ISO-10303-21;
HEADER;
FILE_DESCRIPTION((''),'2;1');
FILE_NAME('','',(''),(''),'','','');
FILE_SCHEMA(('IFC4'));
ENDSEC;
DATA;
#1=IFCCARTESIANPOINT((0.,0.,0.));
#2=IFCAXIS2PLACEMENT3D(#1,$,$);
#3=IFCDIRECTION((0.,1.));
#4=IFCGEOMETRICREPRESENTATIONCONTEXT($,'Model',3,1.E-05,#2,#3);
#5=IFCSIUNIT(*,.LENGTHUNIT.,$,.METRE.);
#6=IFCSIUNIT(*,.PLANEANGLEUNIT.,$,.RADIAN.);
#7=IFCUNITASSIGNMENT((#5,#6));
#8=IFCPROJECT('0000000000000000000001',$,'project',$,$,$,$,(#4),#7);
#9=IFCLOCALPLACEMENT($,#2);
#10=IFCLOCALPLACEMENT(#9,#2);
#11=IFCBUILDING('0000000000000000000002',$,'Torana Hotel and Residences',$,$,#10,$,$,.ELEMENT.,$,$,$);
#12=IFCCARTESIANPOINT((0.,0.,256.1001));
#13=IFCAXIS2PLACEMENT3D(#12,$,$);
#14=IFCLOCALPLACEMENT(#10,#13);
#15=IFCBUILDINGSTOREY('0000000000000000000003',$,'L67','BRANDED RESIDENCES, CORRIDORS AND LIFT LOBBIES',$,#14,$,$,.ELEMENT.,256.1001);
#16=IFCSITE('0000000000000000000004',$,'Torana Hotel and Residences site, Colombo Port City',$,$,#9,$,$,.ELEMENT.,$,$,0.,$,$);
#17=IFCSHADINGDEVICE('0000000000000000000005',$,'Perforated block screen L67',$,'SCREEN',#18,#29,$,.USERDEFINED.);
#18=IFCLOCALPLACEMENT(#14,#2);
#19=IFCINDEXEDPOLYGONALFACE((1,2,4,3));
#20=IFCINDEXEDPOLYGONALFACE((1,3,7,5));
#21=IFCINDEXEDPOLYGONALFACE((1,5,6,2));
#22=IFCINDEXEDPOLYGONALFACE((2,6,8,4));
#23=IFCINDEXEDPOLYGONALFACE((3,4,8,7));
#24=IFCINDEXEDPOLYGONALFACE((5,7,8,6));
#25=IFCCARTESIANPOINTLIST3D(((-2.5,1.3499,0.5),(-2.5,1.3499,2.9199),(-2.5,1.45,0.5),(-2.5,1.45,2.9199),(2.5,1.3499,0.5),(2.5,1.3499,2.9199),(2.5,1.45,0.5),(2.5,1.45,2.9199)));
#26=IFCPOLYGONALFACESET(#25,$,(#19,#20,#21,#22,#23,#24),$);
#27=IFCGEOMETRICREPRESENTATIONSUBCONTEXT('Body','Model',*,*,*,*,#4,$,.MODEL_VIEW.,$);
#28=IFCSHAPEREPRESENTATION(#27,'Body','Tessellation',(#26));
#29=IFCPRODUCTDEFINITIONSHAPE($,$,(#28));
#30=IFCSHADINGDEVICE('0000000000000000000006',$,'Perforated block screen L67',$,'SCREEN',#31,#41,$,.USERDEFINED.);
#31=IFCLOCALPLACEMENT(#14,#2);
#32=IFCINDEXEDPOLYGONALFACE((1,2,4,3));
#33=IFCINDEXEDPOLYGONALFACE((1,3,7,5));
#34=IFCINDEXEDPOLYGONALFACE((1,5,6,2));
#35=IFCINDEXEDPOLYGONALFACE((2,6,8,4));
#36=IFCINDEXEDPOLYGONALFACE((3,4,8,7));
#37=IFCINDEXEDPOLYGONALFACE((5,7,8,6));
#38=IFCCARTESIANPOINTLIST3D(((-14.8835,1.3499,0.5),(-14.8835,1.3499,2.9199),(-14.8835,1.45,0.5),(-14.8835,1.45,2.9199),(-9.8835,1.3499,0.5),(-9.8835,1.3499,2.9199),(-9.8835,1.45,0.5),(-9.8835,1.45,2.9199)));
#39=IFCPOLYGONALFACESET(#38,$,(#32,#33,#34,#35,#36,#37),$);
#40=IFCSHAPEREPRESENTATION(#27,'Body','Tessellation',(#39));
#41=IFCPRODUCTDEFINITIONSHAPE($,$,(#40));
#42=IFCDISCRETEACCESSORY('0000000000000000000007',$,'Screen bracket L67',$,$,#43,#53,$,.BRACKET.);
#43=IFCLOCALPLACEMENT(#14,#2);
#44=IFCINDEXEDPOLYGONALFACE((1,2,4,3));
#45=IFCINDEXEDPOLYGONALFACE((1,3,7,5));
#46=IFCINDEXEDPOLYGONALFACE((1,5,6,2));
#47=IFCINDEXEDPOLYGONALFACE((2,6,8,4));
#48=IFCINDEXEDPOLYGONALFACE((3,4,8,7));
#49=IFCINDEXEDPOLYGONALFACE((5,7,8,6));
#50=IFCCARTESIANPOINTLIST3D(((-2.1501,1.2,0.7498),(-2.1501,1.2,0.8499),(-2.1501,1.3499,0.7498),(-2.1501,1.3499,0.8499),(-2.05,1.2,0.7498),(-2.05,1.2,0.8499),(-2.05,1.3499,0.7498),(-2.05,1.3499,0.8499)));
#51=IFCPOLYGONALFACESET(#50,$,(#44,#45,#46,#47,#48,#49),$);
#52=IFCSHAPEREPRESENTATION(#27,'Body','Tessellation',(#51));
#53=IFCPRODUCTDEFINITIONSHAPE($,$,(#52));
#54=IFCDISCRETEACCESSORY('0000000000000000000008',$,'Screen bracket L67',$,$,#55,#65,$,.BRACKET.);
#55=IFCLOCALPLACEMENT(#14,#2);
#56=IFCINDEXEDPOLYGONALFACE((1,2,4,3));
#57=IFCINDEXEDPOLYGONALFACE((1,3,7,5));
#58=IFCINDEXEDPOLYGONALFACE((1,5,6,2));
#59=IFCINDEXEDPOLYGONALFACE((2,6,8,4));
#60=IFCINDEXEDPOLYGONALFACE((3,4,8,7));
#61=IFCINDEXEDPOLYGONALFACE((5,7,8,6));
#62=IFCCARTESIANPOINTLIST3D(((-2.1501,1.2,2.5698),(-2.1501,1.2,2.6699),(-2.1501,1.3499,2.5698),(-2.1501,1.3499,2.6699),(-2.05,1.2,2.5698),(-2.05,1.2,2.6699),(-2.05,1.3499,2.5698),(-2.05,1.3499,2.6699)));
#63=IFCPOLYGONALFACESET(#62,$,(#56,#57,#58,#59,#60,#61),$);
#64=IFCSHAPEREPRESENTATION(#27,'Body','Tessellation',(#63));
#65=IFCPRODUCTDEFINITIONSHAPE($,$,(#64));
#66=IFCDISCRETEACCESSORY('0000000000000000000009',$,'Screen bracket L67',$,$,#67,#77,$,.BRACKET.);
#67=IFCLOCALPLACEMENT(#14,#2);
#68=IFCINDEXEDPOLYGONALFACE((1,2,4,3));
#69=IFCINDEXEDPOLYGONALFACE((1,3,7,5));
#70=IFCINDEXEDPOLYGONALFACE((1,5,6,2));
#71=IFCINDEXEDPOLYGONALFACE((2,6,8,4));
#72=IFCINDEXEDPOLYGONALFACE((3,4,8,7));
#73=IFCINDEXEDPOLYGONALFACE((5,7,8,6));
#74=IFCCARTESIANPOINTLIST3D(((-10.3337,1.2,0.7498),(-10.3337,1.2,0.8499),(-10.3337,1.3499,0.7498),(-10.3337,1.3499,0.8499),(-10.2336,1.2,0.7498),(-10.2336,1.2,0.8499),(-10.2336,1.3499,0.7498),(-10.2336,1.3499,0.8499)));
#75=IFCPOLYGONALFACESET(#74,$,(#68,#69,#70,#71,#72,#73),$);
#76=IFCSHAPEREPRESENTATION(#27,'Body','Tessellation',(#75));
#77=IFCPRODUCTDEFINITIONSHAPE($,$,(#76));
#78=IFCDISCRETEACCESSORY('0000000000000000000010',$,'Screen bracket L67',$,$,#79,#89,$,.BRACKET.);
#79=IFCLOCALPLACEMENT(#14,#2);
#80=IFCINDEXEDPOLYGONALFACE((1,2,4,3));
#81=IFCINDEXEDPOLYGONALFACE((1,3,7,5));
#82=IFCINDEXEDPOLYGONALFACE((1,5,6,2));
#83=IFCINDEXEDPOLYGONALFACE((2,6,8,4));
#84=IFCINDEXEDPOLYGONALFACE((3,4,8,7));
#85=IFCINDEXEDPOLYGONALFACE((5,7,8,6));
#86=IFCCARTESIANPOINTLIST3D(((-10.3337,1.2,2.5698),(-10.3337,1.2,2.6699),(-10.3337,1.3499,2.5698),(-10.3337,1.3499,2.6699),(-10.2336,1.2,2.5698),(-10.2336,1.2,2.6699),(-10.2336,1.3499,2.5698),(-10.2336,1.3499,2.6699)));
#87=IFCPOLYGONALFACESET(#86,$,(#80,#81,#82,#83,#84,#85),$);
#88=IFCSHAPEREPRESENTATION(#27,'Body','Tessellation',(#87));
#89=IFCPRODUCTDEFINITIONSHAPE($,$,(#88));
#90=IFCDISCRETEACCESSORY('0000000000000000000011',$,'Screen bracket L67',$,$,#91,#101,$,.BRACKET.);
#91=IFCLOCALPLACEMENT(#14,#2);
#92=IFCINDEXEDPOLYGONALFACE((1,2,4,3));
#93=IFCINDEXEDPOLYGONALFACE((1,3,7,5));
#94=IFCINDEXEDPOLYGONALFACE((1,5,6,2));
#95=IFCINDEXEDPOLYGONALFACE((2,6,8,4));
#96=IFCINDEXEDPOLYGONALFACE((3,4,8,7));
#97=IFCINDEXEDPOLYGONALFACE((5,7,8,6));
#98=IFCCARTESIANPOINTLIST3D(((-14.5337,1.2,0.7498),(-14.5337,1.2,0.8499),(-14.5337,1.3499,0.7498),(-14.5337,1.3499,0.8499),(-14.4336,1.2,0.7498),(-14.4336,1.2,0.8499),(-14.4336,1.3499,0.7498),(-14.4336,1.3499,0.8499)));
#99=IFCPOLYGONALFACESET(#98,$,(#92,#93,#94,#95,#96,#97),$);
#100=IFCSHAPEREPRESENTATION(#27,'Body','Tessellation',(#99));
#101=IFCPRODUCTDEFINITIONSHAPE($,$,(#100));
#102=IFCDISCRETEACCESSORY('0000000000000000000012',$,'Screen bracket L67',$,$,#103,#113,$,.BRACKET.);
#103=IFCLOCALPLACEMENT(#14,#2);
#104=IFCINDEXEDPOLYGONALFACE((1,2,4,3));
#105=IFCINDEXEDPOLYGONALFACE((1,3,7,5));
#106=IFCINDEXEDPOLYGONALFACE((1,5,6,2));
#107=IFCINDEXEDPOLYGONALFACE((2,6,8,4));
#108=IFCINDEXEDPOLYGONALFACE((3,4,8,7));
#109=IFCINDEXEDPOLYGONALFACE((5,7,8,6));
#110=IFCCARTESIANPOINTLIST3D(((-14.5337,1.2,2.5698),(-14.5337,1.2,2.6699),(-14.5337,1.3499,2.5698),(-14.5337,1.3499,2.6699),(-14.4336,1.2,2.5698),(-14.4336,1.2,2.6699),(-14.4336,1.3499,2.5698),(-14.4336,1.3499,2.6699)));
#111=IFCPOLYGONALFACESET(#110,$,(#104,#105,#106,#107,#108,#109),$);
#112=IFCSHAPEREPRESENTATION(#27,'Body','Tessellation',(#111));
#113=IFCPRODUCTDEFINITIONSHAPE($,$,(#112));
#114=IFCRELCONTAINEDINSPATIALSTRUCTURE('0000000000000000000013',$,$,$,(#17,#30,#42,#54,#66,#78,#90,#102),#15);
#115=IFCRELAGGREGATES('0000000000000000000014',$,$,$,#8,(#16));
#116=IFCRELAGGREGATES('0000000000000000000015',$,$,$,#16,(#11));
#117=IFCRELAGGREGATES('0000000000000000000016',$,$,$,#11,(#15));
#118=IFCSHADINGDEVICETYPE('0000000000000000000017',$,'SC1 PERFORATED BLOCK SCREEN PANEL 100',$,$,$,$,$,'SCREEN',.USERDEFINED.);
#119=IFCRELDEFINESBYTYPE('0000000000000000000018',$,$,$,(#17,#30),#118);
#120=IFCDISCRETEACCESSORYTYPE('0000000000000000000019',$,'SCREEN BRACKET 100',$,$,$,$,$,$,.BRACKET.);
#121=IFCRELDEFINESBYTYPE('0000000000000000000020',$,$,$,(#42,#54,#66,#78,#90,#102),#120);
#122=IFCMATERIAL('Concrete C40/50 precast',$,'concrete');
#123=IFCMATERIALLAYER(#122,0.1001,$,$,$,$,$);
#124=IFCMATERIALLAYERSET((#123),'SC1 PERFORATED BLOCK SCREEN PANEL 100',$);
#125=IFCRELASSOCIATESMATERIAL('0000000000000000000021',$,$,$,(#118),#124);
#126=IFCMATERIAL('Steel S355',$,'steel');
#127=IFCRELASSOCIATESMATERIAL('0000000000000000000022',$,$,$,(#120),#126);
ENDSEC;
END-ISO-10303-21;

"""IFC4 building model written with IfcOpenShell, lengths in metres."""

from ifc_helpers import new_model, si_unit, direction, frame, origin, origin_2d, place, context, subcontext, project, spatial, rectangle, extrude, material, layer, layer_set, type_object, element, save


model = new_model("IFC4")

# Units and contexts
model_context = context("Model", 3, precision=1e-05, world=origin(), true_north=direction((0.0, 1.0)))
body_context = subcontext(model_context, "Body", "Model", "MODEL_VIEW")
ifc_project = project(units=[si_unit("LENGTHUNIT", "METRE"), si_unit("PLANEANGLEUNIT", "RADIAN")], contexts=[model_context])

# Site, building, storey
site_placement = place(None, origin())
site = spatial("IfcSite", under=ifc_project, at=site_placement, Name="Torana Hotel and Residences site, Colombo Port City", CompositionType="ELEMENT", RefElevation=0.0)
building_placement = place(site_placement, origin())
building = spatial("IfcBuilding", under=site, at=building_placement, Name="Torana Hotel and Residences", CompositionType="ELEMENT")
storey_placement = place(building_placement, frame((0.0, 0.0, 256.1001)))
storey = spatial("IfcBuildingStorey", under=building, at=storey_placement, Name="L67", Description="BRANDED RESIDENCES, CORRIDORS AND LIFT LOBBIES", CompositionType="ELEMENT", Elevation=256.1001)

# Shading devices
ifc_material_1 = material(Name="Concrete C40/50 precast", Category="concrete")
ifc_layer_1 = layer(ifc_material_1, 0.1001)
ifc_layer_set_1 = layer_set([ifc_layer_1], Name="SC1 PERFORATED BLOCK SCREEN PANEL 100")
shading_device_type = type_object("IfcShadingDeviceType", Name="SC1 PERFORATED BLOCK SCREEN PANEL 100", ElementType="SCREEN", PredefinedType="USERDEFINED", material=ifc_layer_set_1)
for number, where, z_axis, x_axis, name in (
    (1, (0.0, 1.3999, 0.5), (0.0, 0.0, 1.0), (-1.0, 0.0, 0.0), "Perforated block screen L67"),
    (2, (-12.3835, 1.3999, 0.5), (0.0, 0.0, 1.0), (-1.0, 0.0, 0.0), "Perforated block screen L67"),
):
    element("IfcShadingDevice", number, at=place(storey_placement, frame(where, z_axis=z_axis, x_axis=x_axis)), inside=storey, type_object=shading_device_type, Name=name, ObjectType="SCREEN", PredefinedType="USERDEFINED", context=body_context, shape_type="SweptSolid", body=[
        extrude(rectangle(XDim=5.0, YDim=0.1001, at=origin_2d()), origin(), (0.0, 0.0, 1.0), 2.4199),
    ])

# Discrete accessories
ifc_material_2 = material(Name="Steel S355", Category="steel")
discrete_accessory_type = type_object("IfcDiscreteAccessoryType", Name="SCREEN BRACKET 100", PredefinedType="BRACKET", material=ifc_material_2)
for number, where, z_axis, x_axis, name in (
    (3, (-2.1001, 1.2749, 0.7498), (0.0, 0.0, 1.0), (-1.0, 0.0, 0.0), "Screen bracket L67"),
    (4, (-2.1001, 1.2749, 2.5698), (0.0, 0.0, 1.0), (-1.0, 0.0, 0.0), "Screen bracket L67"),
    (5, (-10.2837, 1.2749, 0.7498), (0.0, 0.0, 1.0), (-1.0, 0.0, 0.0), "Screen bracket L67"),
    (6, (-10.2837, 1.2749, 2.5698), (0.0, 0.0, 1.0), (-1.0, 0.0, 0.0), "Screen bracket L67"),
    (7, (-14.4836, 1.2749, 0.7498), (0.0, 0.0, 1.0), (-1.0, 0.0, 0.0), "Screen bracket L67"),
    (8, (-14.4836, 1.2749, 2.5698), (0.0, 0.0, 1.0), (-1.0, 0.0, 0.0), "Screen bracket L67"),
):
    element("IfcDiscreteAccessory", number, at=place(storey_placement, frame(where, z_axis=z_axis, x_axis=x_axis)), inside=storey, type_object=discrete_accessory_type, Name=name, PredefinedType="BRACKET", context=body_context, shape_type="SweptSolid", body=[
        extrude(rectangle(XDim=0.1001, YDim=0.1499, at=origin_2d()), origin(), (0.0, 0.0, 1.0), 0.1001),
    ])

save(model, "model.ifc")
